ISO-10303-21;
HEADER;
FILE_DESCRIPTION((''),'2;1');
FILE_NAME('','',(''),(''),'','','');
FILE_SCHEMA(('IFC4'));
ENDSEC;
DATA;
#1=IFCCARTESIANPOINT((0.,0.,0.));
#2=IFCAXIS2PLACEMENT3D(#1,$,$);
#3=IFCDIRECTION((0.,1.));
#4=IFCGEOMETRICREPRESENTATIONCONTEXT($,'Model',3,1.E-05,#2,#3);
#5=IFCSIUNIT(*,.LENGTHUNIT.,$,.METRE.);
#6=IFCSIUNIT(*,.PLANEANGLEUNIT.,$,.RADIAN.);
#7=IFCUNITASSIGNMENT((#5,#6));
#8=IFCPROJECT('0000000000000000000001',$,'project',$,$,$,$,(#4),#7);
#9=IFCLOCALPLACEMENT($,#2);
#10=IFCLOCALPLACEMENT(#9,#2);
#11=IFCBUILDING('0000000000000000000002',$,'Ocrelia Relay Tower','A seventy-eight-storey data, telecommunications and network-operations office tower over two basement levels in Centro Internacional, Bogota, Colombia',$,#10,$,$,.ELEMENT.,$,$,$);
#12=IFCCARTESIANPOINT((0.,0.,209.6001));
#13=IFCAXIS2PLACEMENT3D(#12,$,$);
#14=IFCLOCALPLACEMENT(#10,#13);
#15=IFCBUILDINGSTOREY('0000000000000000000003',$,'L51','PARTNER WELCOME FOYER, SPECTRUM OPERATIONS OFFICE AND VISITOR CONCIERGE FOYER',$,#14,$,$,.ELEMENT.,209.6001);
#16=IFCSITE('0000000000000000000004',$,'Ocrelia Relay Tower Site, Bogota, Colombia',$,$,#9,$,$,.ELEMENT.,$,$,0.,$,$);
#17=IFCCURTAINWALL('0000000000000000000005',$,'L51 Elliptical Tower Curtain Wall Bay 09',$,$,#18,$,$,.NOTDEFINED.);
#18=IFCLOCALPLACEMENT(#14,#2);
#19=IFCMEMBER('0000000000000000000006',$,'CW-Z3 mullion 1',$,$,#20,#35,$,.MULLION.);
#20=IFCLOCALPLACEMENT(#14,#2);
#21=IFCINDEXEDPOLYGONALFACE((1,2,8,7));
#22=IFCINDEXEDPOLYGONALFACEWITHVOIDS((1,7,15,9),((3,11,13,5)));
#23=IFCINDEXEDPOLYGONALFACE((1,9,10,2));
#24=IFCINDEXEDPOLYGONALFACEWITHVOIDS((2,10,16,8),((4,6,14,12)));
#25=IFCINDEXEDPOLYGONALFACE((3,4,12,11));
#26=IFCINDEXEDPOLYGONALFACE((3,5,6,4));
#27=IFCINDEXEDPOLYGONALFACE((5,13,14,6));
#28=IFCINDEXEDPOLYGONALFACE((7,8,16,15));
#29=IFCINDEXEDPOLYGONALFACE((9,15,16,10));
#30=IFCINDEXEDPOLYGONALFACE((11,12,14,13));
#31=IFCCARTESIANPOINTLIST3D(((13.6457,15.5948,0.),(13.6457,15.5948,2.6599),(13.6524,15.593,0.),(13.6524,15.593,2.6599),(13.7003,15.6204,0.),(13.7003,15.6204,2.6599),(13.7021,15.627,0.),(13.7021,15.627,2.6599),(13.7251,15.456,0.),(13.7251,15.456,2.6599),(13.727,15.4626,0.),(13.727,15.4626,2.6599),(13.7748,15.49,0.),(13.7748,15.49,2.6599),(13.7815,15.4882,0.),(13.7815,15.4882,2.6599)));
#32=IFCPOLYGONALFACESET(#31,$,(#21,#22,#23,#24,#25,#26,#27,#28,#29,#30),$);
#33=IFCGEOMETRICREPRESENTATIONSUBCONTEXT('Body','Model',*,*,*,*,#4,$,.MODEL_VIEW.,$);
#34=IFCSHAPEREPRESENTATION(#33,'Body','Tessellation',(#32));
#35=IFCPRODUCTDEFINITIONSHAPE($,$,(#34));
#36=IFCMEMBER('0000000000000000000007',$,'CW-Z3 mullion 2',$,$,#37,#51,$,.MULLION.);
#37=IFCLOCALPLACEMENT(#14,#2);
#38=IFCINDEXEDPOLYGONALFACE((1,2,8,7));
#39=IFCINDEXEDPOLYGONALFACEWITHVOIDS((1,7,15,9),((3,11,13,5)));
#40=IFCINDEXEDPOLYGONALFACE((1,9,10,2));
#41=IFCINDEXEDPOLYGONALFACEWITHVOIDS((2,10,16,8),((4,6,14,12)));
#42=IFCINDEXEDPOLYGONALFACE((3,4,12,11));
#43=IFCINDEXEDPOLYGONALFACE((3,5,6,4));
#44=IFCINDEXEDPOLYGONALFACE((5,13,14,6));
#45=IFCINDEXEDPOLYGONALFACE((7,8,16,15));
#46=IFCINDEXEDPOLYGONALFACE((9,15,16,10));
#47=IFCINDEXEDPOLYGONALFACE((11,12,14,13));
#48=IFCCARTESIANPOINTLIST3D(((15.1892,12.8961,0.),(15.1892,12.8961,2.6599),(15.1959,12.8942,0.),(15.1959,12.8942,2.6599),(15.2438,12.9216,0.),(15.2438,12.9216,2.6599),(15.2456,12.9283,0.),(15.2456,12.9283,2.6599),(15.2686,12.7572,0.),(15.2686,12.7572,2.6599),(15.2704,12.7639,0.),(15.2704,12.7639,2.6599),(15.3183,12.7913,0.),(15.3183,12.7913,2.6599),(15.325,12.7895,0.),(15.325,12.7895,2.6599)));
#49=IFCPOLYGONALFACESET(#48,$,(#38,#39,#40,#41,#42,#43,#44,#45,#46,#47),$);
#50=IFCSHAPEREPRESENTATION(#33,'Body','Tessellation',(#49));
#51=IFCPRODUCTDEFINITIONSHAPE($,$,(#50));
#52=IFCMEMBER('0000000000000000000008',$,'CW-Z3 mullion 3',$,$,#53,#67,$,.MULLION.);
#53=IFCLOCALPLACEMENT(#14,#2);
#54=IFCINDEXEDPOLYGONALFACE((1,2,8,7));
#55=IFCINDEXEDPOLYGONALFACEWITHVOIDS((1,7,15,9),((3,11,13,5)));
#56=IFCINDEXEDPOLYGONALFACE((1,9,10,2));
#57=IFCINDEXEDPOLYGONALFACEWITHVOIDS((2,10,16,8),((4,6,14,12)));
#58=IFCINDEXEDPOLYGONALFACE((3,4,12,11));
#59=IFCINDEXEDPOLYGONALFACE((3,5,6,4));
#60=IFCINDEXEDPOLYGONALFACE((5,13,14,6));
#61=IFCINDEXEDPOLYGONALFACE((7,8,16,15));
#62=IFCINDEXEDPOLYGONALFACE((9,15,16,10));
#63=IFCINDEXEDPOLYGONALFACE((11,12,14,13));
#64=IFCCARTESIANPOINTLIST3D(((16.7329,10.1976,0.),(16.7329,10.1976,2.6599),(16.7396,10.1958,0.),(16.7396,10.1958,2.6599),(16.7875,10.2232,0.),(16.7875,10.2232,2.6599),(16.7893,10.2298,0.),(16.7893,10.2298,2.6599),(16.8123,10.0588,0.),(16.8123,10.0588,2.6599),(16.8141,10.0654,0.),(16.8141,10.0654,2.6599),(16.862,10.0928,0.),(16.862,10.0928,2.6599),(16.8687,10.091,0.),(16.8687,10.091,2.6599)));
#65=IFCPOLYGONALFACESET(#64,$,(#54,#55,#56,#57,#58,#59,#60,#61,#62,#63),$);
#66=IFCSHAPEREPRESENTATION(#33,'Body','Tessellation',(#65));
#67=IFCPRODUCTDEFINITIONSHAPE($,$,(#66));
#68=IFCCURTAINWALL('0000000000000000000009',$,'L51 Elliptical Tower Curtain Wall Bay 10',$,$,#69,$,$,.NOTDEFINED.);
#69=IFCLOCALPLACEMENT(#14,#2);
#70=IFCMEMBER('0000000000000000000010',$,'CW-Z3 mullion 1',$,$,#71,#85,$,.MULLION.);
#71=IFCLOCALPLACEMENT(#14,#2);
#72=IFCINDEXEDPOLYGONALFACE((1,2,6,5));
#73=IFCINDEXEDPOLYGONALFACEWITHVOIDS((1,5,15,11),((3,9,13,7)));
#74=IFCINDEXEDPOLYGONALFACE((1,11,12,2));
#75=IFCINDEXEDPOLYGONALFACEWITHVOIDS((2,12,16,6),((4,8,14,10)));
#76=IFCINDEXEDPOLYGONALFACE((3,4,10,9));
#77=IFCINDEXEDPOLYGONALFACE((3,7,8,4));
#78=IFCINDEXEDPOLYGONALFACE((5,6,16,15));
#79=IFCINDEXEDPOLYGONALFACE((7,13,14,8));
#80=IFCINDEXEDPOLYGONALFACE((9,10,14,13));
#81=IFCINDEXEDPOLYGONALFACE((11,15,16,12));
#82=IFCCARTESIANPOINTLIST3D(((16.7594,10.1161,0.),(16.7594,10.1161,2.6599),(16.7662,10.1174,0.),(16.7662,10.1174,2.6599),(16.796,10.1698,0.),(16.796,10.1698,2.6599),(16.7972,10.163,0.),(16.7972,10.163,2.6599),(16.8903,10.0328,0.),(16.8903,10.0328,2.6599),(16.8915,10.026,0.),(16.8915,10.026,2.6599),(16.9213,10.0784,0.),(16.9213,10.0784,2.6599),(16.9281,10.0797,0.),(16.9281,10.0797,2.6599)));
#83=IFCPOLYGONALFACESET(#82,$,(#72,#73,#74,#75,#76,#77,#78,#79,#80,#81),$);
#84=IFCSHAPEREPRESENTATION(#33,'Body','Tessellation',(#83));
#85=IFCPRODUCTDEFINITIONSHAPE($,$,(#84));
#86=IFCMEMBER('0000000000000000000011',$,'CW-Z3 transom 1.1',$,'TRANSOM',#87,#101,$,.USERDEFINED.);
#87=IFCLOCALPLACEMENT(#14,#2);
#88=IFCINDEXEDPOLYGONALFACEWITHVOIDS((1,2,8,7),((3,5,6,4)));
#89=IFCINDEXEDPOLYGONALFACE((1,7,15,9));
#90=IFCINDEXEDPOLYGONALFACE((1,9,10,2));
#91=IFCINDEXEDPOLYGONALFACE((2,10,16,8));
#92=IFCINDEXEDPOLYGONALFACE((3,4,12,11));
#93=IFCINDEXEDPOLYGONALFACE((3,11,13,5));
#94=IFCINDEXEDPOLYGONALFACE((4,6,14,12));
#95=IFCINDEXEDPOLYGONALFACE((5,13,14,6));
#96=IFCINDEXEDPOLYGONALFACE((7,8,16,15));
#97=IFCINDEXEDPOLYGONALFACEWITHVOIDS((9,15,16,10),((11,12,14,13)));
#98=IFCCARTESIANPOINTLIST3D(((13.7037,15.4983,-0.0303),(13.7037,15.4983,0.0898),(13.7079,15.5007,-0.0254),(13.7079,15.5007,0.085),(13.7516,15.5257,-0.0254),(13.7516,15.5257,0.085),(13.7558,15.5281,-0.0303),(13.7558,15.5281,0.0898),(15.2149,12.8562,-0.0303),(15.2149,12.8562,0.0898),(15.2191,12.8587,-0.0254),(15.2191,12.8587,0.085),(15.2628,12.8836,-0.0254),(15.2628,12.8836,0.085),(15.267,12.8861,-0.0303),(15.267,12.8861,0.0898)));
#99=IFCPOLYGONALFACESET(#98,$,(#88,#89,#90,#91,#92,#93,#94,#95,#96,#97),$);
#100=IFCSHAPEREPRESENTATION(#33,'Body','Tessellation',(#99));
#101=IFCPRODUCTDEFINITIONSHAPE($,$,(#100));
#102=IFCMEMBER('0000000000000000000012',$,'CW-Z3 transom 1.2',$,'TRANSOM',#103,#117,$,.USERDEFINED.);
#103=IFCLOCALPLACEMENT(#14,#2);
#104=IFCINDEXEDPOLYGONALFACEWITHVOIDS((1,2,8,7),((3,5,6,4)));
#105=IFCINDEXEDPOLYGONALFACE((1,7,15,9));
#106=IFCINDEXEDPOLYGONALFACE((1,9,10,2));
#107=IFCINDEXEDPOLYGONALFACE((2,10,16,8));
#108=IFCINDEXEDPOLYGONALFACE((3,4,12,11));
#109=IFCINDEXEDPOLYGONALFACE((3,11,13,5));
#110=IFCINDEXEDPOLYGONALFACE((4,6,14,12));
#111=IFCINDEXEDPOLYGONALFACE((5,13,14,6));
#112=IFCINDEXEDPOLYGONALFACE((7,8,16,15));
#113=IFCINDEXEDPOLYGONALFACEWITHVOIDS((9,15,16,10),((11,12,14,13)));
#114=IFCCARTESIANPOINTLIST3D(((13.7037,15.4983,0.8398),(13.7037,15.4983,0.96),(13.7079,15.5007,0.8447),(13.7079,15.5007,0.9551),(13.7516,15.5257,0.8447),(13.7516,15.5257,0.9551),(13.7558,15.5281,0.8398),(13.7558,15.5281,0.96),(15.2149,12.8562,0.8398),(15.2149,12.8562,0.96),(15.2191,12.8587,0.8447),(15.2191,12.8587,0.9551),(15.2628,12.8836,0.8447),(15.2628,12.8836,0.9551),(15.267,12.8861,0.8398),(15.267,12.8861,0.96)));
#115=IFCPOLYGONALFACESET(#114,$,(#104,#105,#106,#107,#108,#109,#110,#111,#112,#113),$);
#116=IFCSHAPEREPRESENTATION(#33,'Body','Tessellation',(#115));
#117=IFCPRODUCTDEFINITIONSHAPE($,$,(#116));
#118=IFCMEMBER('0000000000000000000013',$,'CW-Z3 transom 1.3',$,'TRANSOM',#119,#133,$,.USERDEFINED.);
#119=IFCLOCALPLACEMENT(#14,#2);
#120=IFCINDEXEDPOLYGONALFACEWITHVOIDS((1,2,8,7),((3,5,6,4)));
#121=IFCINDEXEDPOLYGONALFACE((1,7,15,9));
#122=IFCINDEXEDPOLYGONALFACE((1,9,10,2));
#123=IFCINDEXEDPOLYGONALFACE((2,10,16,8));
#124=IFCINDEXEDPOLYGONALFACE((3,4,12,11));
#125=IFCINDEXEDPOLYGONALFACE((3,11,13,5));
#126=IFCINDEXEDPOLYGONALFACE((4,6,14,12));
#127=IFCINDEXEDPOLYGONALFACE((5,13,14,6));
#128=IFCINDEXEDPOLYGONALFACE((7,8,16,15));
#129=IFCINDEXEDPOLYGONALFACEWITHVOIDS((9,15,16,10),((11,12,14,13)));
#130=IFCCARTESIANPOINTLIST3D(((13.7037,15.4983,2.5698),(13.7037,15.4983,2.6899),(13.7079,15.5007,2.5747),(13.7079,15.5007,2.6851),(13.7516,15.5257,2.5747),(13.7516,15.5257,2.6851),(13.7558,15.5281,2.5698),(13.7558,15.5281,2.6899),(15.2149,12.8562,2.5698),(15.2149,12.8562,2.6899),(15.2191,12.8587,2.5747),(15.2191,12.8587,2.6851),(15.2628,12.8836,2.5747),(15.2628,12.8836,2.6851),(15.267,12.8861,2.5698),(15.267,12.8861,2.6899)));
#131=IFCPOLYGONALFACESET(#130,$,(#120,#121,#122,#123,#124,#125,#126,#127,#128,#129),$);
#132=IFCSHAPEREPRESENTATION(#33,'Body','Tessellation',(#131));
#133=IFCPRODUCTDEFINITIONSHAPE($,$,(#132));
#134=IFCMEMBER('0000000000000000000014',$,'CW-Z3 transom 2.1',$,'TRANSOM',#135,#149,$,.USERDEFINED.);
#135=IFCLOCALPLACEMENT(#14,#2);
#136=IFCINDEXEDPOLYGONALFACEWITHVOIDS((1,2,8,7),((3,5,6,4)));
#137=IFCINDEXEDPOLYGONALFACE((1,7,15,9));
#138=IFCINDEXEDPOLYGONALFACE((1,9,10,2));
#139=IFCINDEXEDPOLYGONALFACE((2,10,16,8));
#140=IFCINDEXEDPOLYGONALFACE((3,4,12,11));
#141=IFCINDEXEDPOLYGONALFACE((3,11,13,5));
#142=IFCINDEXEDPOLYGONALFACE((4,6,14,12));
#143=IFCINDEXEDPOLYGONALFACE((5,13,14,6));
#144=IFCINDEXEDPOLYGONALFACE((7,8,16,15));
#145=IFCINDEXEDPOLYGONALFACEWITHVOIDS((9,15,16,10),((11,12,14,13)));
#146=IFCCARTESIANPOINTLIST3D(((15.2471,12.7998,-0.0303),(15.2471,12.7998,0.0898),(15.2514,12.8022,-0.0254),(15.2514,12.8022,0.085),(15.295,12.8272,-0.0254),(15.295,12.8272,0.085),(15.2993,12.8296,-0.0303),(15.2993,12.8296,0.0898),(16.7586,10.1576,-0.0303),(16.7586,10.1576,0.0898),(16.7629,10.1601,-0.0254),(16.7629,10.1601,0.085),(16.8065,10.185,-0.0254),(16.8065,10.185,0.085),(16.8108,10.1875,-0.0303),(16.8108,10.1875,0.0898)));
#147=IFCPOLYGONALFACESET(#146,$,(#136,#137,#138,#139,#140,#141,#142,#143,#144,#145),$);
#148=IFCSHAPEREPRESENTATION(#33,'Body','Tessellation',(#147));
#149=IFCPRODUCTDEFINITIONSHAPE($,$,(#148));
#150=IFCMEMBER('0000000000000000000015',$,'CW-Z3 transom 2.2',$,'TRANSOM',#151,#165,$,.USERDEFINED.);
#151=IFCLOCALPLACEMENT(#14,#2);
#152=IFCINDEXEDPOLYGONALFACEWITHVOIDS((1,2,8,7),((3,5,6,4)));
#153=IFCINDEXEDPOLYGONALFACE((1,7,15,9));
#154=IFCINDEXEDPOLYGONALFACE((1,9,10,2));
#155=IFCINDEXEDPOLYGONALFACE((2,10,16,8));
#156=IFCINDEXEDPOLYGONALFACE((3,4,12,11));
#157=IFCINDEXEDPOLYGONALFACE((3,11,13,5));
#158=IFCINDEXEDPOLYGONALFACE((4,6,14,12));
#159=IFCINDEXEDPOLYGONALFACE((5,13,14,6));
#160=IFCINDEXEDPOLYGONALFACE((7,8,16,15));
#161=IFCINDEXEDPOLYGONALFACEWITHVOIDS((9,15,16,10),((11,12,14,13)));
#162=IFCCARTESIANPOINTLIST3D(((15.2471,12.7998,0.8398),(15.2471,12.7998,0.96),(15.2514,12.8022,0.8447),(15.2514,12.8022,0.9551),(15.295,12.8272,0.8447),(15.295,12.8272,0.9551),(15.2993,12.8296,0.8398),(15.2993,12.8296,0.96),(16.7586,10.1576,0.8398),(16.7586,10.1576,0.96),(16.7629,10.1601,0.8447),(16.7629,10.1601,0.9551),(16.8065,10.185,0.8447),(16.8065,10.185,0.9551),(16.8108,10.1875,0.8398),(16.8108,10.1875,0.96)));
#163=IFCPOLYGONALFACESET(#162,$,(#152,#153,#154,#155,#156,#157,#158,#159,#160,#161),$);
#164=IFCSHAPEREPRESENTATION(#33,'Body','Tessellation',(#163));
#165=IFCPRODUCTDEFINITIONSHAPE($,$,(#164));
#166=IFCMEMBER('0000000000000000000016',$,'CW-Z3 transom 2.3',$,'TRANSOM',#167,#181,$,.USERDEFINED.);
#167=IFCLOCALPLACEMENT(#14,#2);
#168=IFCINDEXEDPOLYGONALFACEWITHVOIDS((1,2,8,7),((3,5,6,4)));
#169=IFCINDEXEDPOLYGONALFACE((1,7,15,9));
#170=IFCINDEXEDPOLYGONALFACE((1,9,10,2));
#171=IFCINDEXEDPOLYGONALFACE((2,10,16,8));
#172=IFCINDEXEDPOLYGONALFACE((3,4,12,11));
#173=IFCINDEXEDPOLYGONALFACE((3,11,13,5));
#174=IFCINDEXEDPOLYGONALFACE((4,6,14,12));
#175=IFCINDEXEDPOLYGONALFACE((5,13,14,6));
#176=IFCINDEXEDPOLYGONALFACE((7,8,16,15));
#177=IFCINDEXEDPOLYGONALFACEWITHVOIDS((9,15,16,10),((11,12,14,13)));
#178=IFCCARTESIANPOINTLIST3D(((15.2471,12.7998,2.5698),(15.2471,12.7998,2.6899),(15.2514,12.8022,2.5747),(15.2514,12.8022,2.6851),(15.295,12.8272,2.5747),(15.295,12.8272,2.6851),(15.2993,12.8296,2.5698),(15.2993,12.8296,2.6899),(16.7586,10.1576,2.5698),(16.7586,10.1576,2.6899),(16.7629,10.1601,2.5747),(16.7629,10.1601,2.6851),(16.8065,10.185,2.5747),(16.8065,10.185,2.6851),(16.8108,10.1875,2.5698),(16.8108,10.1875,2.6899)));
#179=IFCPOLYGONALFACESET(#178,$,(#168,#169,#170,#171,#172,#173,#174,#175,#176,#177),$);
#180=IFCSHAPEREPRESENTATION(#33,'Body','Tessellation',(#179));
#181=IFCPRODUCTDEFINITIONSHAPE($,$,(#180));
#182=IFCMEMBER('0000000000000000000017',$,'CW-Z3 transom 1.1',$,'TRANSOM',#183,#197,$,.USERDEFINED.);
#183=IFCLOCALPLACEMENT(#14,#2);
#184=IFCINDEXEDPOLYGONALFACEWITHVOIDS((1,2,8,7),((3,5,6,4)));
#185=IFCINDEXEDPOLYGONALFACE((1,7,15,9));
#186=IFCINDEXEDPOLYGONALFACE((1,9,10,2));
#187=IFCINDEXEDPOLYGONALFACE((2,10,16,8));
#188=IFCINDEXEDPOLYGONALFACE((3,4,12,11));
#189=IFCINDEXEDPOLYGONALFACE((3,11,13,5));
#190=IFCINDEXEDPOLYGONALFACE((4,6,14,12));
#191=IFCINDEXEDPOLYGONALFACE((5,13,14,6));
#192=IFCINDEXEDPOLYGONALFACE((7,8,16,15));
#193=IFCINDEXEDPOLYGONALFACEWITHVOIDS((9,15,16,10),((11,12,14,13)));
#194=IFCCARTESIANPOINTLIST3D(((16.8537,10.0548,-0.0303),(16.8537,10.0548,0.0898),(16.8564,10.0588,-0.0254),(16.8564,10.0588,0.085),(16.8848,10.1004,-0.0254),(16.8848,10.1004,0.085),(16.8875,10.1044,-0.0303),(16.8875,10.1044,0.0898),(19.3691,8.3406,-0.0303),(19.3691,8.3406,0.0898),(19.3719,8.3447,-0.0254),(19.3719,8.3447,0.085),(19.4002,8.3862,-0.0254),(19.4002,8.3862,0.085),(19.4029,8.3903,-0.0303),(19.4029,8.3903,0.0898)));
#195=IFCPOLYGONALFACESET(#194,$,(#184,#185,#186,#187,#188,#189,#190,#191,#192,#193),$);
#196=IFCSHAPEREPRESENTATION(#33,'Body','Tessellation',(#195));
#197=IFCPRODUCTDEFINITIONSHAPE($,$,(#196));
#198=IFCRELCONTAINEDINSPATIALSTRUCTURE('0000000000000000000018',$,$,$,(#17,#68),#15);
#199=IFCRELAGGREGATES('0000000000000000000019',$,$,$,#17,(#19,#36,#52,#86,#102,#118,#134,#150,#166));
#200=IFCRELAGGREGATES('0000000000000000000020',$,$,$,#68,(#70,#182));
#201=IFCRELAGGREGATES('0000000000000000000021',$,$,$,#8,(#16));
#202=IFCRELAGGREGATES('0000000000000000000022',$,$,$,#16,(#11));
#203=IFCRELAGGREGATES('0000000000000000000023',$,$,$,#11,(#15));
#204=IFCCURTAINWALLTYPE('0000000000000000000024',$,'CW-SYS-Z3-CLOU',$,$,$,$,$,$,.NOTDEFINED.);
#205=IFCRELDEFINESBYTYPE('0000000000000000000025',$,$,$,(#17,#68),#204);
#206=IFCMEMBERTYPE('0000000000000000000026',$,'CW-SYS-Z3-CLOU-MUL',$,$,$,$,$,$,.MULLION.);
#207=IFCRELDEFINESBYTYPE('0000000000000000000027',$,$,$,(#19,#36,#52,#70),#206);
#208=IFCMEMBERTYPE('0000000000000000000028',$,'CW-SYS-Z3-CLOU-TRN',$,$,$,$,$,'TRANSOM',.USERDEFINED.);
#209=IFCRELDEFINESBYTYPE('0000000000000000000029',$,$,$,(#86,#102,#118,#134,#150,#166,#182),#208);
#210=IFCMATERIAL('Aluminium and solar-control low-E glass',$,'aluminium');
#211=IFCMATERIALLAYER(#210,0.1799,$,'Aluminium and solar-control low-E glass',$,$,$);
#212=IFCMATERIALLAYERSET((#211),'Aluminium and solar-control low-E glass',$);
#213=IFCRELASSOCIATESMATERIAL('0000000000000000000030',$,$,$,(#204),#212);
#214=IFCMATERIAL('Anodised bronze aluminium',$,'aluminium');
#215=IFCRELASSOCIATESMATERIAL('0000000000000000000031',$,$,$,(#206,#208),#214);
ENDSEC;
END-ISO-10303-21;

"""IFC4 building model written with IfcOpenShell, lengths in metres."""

from ifc_helpers import new_model, si_unit, direction, frame, origin, origin_2d, place, context, subcontext, project, spatial, hollow_rectangle, extrude, material, layer, layer_set, material_profile, profile_set, type_object, element, aggregate, save


model = new_model("IFC4")

# Units and contexts
model_context = context("Model", 3, precision=1e-05, world=origin(), true_north=direction((0.0, 1.0)))
body_context = subcontext(model_context, "Body", "Model", "MODEL_VIEW")
ifc_project = project(units=[si_unit("LENGTHUNIT", "METRE"), si_unit("PLANEANGLEUNIT", "RADIAN")], contexts=[model_context])

# Site, building, storey
site_placement = place(None, origin())
site = spatial("IfcSite", under=ifc_project, at=site_placement, Name="Ocrelia Relay Tower Site, Bogota, Colombia", CompositionType="ELEMENT", RefElevation=0.0)
building_placement = place(site_placement, origin())
building = spatial("IfcBuilding", under=site, at=building_placement, Name="Ocrelia Relay Tower", Description="A seventy-eight-storey data, telecommunications and network-operations office tower over two basement levels in Centro Internacional, Bogota, Colombia", CompositionType="ELEMENT")
storey_placement = place(building_placement, frame((0.0, 0.0, 209.6001)))
storey = spatial("IfcBuildingStorey", under=building, at=storey_placement, Name="L51", Description="PARTNER WELCOME FOYER, SPECTRUM OPERATIONS OFFICE AND VISITOR CONCIERGE FOYER", CompositionType="ELEMENT", Elevation=209.6001)

# Curtain wall, members
ifc_material_1 = material(Name="Aluminium and solar-control low-E glass", Category="aluminium")
ifc_layer_1 = layer(ifc_material_1, 0.1799, Name="Aluminium and solar-control low-E glass")
ifc_layer_set_1 = layer_set([ifc_layer_1], Name="Aluminium and solar-control low-E glass")
curtain_wall_type = type_object("IfcCurtainWallType", Name="CW-SYS-Z3-CLOU", PredefinedType="NOTDEFINED", material=ifc_layer_set_1)
curtain_wall_1_placement = place(storey_placement, origin())
curtain_wall_1 = element("IfcCurtainWall", 1, at=curtain_wall_1_placement, inside=storey, type_object=curtain_wall_type, Name="L51 Elliptical Tower Curtain Wall Bay 09", PredefinedType="NOTDEFINED")
ifc_material_2 = material(Name="Anodised bronze aluminium", Category="aluminium")
ifc_material_profile_1 = material_profile(ifc_material_2, hollow_rectangle(XDim=0.0649, YDim=0.1599, WallThickness=0.0049, at=origin_2d()), Name="CW-MUL-160x65")
ifc_profile_set_1 = profile_set([ifc_material_profile_1], Name="Anodised bronze aluminium")
member_type_1 = type_object("IfcMemberType", Name="CW-SYS-Z3-CLOU-MUL", PredefinedType="MULLION", material=ifc_profile_set_1)
member_1_placement = place(storey_placement, frame((13.7136, 15.5415, 0.0), z_axis=(0.0, 0.0, 1.0), x_axis=(0.868023, 0.496525, 0.0)))
member_1 = element("IfcMember", 2, at=member_1_placement, type_object=member_type_1, Name="CW-Z3 mullion 1", PredefinedType="MULLION", context=body_context, shape_type="SweptSolid", body=[
    extrude(hollow_rectangle(XDim=0.0649, YDim=0.1599, WallThickness=0.0049, at=origin_2d()), origin(), (0.0, 0.0, 1.0), 2.6599),
])
member_2_placement = place(storey_placement, frame((15.2571, 12.8428, 0.0), z_axis=(0.0, 0.0, 1.0), x_axis=(0.868023, 0.496525, 0.0)))
member_2 = element("IfcMember", 3, at=member_2_placement, type_object=member_type_1, Name="CW-Z3 mullion 2", PredefinedType="MULLION", context=body_context, shape_type="SweptSolid", body=[
    extrude(hollow_rectangle(XDim=0.0649, YDim=0.1599, WallThickness=0.0049, at=origin_2d()), origin(), (0.0, 0.0, 1.0), 2.6599),
])
member_3_placement = place(storey_placement, frame((16.8008, 10.1443, 0.0), z_axis=(0.0, 0.0, 1.0), x_axis=(0.868023, 0.496525, 0.0)))
member_3 = element("IfcMember", 4, at=member_3_placement, type_object=member_type_1, Name="CW-Z3 mullion 3", PredefinedType="MULLION", context=body_context, shape_type="SweptSolid", body=[
    extrude(hollow_rectangle(XDim=0.0649, YDim=0.1599, WallThickness=0.0049, at=origin_2d()), origin(), (0.0, 0.0, 1.0), 2.6599),
])

# Curtain wall, member
curtain_wall_2_placement = place(storey_placement, origin())
curtain_wall_2 = element("IfcCurtainWall", 5, at=curtain_wall_2_placement, inside=storey, type_object=curtain_wall_type, Name="L51 Elliptical Tower Curtain Wall Bay 10", PredefinedType="NOTDEFINED")
member_4_placement = place(storey_placement, frame((16.8438, 10.0979, 0.0), z_axis=(0.0, 0.0, 1.0), x_axis=(0.563098, 0.82639, 0.0)))
member_4 = element("IfcMember", 6, at=member_4_placement, type_object=member_type_1, Name="CW-Z3 mullion 1", PredefinedType="MULLION", context=body_context, shape_type="SweptSolid", body=[
    extrude(hollow_rectangle(XDim=0.0649, YDim=0.1599, WallThickness=0.0049, at=origin_2d()), origin(), (0.0, 0.0, 1.0), 2.6599),
])

# Members
ifc_material_profile_2 = material_profile(ifc_material_2, hollow_rectangle(XDim=0.0601, YDim=0.1201, WallThickness=0.0049, at=origin_2d()), Name="CW-TRN-120x60")
ifc_profile_set_2 = profile_set([ifc_material_profile_2], Name="Anodised bronze aluminium")
member_type_2 = type_object("IfcMemberType", Name="CW-SYS-Z3-CLOU-TRN", ElementType="TRANSOM", PredefinedType="USERDEFINED", material=ifc_profile_set_2)
member_5_placement = place(storey_placement, frame((13.7297, 15.5132, 0.0298), z_axis=(0.496502, -0.868036, 0.0), x_axis=(0.868036, 0.496502, 0.0)))
member_5 = element("IfcMember", 7, at=member_5_placement, type_object=member_type_2, Name="CW-Z3 transom 1.1", ObjectType="TRANSOM", PredefinedType="USERDEFINED", context=body_context, shape_type="SweptSolid", body=[
    extrude(hollow_rectangle(XDim=0.0601, YDim=0.1201, WallThickness=0.0049, at=origin_2d()), origin(), (0.0, 0.0, 1.0), 3.0437),
])
member_6_placement = place(storey_placement, frame((13.7297, 15.5132, 0.8999), z_axis=(0.496502, -0.868036, 0.0), x_axis=(0.868036, 0.496502, 0.0)))
member_6 = element("IfcMember", 8, at=member_6_placement, type_object=member_type_2, Name="CW-Z3 transom 1.2", ObjectType="TRANSOM", PredefinedType="USERDEFINED", context=body_context, shape_type="SweptSolid", body=[
    extrude(hollow_rectangle(XDim=0.0601, YDim=0.1201, WallThickness=0.0049, at=origin_2d()), origin(), (0.0, 0.0, 1.0), 3.0437),
])
member_7_placement = place(storey_placement, frame((13.7297, 15.5132, 2.6299), z_axis=(0.496502, -0.868036, 0.0), x_axis=(0.868036, 0.496502, 0.0)))
member_7 = element("IfcMember", 9, at=member_7_placement, type_object=member_type_2, Name="CW-Z3 transom 1.3", ObjectType="TRANSOM", PredefinedType="USERDEFINED", context=body_context, shape_type="SweptSolid", body=[
    extrude(hollow_rectangle(XDim=0.0601, YDim=0.1201, WallThickness=0.0049, at=origin_2d()), origin(), (0.0, 0.0, 1.0), 3.0437),
])
member_8_placement = place(storey_placement, frame((15.2732, 12.8147, 0.0298), z_axis=(0.496562, -0.868001, 0.0), x_axis=(0.868001, 0.496562, 0.0)))
member_8 = element("IfcMember", 10, at=member_8_placement, type_object=member_type_2, Name="CW-Z3 transom 2.1", ObjectType="TRANSOM", PredefinedType="USERDEFINED", context=body_context, shape_type="SweptSolid", body=[
    extrude(hollow_rectangle(XDim=0.0601, YDim=0.1201, WallThickness=0.0049, at=origin_2d()), origin(), (0.0, 0.0, 1.0), 3.0439),
])
member_9_placement = place(storey_placement, frame((15.2732, 12.8147, 0.8999), z_axis=(0.496562, -0.868001, 0.0), x_axis=(0.868001, 0.496562, 0.0)))
member_9 = element("IfcMember", 11, at=member_9_placement, type_object=member_type_2, Name="CW-Z3 transom 2.2", ObjectType="TRANSOM", PredefinedType="USERDEFINED", context=body_context, shape_type="SweptSolid", body=[
    extrude(hollow_rectangle(XDim=0.0601, YDim=0.1201, WallThickness=0.0049, at=origin_2d()), origin(), (0.0, 0.0, 1.0), 3.0439),
])
member_10_placement = place(storey_placement, frame((15.2732, 12.8147, 2.6299), z_axis=(0.496562, -0.868001, 0.0), x_axis=(0.868001, 0.496562, 0.0)))
member_10 = element("IfcMember", 12, at=member_10_placement, type_object=member_type_2, Name="CW-Z3 transom 2.3", ObjectType="TRANSOM", PredefinedType="USERDEFINED", context=body_context, shape_type="SweptSolid", body=[
    extrude(hollow_rectangle(XDim=0.0601, YDim=0.1201, WallThickness=0.0049, at=origin_2d()), origin(), (0.0, 0.0, 1.0), 3.0439),
])
member_11_placement = place(storey_placement, frame((16.8706, 10.0796, 0.0298), z_axis=(0.826368, -0.56313, 0.0), x_axis=(0.56313, 0.826368, 0.0)))
member_11 = element("IfcMember", 13, at=member_11_placement, type_object=member_type_2, Name="CW-Z3 transom 1.1", ObjectType="TRANSOM", PredefinedType="USERDEFINED", context=body_context, shape_type="SweptSolid", body=[
    extrude(hollow_rectangle(XDim=0.0601, YDim=0.1201, WallThickness=0.0049, at=origin_2d()), origin(), (0.0, 0.0, 1.0), 3.0439),
])

aggregate(curtain_wall_1, [member_1, member_2, member_3, member_5, member_6, member_7, member_8, member_9, member_10])
aggregate(curtain_wall_2, [member_4, member_11])

save(model, "model.ifc")
